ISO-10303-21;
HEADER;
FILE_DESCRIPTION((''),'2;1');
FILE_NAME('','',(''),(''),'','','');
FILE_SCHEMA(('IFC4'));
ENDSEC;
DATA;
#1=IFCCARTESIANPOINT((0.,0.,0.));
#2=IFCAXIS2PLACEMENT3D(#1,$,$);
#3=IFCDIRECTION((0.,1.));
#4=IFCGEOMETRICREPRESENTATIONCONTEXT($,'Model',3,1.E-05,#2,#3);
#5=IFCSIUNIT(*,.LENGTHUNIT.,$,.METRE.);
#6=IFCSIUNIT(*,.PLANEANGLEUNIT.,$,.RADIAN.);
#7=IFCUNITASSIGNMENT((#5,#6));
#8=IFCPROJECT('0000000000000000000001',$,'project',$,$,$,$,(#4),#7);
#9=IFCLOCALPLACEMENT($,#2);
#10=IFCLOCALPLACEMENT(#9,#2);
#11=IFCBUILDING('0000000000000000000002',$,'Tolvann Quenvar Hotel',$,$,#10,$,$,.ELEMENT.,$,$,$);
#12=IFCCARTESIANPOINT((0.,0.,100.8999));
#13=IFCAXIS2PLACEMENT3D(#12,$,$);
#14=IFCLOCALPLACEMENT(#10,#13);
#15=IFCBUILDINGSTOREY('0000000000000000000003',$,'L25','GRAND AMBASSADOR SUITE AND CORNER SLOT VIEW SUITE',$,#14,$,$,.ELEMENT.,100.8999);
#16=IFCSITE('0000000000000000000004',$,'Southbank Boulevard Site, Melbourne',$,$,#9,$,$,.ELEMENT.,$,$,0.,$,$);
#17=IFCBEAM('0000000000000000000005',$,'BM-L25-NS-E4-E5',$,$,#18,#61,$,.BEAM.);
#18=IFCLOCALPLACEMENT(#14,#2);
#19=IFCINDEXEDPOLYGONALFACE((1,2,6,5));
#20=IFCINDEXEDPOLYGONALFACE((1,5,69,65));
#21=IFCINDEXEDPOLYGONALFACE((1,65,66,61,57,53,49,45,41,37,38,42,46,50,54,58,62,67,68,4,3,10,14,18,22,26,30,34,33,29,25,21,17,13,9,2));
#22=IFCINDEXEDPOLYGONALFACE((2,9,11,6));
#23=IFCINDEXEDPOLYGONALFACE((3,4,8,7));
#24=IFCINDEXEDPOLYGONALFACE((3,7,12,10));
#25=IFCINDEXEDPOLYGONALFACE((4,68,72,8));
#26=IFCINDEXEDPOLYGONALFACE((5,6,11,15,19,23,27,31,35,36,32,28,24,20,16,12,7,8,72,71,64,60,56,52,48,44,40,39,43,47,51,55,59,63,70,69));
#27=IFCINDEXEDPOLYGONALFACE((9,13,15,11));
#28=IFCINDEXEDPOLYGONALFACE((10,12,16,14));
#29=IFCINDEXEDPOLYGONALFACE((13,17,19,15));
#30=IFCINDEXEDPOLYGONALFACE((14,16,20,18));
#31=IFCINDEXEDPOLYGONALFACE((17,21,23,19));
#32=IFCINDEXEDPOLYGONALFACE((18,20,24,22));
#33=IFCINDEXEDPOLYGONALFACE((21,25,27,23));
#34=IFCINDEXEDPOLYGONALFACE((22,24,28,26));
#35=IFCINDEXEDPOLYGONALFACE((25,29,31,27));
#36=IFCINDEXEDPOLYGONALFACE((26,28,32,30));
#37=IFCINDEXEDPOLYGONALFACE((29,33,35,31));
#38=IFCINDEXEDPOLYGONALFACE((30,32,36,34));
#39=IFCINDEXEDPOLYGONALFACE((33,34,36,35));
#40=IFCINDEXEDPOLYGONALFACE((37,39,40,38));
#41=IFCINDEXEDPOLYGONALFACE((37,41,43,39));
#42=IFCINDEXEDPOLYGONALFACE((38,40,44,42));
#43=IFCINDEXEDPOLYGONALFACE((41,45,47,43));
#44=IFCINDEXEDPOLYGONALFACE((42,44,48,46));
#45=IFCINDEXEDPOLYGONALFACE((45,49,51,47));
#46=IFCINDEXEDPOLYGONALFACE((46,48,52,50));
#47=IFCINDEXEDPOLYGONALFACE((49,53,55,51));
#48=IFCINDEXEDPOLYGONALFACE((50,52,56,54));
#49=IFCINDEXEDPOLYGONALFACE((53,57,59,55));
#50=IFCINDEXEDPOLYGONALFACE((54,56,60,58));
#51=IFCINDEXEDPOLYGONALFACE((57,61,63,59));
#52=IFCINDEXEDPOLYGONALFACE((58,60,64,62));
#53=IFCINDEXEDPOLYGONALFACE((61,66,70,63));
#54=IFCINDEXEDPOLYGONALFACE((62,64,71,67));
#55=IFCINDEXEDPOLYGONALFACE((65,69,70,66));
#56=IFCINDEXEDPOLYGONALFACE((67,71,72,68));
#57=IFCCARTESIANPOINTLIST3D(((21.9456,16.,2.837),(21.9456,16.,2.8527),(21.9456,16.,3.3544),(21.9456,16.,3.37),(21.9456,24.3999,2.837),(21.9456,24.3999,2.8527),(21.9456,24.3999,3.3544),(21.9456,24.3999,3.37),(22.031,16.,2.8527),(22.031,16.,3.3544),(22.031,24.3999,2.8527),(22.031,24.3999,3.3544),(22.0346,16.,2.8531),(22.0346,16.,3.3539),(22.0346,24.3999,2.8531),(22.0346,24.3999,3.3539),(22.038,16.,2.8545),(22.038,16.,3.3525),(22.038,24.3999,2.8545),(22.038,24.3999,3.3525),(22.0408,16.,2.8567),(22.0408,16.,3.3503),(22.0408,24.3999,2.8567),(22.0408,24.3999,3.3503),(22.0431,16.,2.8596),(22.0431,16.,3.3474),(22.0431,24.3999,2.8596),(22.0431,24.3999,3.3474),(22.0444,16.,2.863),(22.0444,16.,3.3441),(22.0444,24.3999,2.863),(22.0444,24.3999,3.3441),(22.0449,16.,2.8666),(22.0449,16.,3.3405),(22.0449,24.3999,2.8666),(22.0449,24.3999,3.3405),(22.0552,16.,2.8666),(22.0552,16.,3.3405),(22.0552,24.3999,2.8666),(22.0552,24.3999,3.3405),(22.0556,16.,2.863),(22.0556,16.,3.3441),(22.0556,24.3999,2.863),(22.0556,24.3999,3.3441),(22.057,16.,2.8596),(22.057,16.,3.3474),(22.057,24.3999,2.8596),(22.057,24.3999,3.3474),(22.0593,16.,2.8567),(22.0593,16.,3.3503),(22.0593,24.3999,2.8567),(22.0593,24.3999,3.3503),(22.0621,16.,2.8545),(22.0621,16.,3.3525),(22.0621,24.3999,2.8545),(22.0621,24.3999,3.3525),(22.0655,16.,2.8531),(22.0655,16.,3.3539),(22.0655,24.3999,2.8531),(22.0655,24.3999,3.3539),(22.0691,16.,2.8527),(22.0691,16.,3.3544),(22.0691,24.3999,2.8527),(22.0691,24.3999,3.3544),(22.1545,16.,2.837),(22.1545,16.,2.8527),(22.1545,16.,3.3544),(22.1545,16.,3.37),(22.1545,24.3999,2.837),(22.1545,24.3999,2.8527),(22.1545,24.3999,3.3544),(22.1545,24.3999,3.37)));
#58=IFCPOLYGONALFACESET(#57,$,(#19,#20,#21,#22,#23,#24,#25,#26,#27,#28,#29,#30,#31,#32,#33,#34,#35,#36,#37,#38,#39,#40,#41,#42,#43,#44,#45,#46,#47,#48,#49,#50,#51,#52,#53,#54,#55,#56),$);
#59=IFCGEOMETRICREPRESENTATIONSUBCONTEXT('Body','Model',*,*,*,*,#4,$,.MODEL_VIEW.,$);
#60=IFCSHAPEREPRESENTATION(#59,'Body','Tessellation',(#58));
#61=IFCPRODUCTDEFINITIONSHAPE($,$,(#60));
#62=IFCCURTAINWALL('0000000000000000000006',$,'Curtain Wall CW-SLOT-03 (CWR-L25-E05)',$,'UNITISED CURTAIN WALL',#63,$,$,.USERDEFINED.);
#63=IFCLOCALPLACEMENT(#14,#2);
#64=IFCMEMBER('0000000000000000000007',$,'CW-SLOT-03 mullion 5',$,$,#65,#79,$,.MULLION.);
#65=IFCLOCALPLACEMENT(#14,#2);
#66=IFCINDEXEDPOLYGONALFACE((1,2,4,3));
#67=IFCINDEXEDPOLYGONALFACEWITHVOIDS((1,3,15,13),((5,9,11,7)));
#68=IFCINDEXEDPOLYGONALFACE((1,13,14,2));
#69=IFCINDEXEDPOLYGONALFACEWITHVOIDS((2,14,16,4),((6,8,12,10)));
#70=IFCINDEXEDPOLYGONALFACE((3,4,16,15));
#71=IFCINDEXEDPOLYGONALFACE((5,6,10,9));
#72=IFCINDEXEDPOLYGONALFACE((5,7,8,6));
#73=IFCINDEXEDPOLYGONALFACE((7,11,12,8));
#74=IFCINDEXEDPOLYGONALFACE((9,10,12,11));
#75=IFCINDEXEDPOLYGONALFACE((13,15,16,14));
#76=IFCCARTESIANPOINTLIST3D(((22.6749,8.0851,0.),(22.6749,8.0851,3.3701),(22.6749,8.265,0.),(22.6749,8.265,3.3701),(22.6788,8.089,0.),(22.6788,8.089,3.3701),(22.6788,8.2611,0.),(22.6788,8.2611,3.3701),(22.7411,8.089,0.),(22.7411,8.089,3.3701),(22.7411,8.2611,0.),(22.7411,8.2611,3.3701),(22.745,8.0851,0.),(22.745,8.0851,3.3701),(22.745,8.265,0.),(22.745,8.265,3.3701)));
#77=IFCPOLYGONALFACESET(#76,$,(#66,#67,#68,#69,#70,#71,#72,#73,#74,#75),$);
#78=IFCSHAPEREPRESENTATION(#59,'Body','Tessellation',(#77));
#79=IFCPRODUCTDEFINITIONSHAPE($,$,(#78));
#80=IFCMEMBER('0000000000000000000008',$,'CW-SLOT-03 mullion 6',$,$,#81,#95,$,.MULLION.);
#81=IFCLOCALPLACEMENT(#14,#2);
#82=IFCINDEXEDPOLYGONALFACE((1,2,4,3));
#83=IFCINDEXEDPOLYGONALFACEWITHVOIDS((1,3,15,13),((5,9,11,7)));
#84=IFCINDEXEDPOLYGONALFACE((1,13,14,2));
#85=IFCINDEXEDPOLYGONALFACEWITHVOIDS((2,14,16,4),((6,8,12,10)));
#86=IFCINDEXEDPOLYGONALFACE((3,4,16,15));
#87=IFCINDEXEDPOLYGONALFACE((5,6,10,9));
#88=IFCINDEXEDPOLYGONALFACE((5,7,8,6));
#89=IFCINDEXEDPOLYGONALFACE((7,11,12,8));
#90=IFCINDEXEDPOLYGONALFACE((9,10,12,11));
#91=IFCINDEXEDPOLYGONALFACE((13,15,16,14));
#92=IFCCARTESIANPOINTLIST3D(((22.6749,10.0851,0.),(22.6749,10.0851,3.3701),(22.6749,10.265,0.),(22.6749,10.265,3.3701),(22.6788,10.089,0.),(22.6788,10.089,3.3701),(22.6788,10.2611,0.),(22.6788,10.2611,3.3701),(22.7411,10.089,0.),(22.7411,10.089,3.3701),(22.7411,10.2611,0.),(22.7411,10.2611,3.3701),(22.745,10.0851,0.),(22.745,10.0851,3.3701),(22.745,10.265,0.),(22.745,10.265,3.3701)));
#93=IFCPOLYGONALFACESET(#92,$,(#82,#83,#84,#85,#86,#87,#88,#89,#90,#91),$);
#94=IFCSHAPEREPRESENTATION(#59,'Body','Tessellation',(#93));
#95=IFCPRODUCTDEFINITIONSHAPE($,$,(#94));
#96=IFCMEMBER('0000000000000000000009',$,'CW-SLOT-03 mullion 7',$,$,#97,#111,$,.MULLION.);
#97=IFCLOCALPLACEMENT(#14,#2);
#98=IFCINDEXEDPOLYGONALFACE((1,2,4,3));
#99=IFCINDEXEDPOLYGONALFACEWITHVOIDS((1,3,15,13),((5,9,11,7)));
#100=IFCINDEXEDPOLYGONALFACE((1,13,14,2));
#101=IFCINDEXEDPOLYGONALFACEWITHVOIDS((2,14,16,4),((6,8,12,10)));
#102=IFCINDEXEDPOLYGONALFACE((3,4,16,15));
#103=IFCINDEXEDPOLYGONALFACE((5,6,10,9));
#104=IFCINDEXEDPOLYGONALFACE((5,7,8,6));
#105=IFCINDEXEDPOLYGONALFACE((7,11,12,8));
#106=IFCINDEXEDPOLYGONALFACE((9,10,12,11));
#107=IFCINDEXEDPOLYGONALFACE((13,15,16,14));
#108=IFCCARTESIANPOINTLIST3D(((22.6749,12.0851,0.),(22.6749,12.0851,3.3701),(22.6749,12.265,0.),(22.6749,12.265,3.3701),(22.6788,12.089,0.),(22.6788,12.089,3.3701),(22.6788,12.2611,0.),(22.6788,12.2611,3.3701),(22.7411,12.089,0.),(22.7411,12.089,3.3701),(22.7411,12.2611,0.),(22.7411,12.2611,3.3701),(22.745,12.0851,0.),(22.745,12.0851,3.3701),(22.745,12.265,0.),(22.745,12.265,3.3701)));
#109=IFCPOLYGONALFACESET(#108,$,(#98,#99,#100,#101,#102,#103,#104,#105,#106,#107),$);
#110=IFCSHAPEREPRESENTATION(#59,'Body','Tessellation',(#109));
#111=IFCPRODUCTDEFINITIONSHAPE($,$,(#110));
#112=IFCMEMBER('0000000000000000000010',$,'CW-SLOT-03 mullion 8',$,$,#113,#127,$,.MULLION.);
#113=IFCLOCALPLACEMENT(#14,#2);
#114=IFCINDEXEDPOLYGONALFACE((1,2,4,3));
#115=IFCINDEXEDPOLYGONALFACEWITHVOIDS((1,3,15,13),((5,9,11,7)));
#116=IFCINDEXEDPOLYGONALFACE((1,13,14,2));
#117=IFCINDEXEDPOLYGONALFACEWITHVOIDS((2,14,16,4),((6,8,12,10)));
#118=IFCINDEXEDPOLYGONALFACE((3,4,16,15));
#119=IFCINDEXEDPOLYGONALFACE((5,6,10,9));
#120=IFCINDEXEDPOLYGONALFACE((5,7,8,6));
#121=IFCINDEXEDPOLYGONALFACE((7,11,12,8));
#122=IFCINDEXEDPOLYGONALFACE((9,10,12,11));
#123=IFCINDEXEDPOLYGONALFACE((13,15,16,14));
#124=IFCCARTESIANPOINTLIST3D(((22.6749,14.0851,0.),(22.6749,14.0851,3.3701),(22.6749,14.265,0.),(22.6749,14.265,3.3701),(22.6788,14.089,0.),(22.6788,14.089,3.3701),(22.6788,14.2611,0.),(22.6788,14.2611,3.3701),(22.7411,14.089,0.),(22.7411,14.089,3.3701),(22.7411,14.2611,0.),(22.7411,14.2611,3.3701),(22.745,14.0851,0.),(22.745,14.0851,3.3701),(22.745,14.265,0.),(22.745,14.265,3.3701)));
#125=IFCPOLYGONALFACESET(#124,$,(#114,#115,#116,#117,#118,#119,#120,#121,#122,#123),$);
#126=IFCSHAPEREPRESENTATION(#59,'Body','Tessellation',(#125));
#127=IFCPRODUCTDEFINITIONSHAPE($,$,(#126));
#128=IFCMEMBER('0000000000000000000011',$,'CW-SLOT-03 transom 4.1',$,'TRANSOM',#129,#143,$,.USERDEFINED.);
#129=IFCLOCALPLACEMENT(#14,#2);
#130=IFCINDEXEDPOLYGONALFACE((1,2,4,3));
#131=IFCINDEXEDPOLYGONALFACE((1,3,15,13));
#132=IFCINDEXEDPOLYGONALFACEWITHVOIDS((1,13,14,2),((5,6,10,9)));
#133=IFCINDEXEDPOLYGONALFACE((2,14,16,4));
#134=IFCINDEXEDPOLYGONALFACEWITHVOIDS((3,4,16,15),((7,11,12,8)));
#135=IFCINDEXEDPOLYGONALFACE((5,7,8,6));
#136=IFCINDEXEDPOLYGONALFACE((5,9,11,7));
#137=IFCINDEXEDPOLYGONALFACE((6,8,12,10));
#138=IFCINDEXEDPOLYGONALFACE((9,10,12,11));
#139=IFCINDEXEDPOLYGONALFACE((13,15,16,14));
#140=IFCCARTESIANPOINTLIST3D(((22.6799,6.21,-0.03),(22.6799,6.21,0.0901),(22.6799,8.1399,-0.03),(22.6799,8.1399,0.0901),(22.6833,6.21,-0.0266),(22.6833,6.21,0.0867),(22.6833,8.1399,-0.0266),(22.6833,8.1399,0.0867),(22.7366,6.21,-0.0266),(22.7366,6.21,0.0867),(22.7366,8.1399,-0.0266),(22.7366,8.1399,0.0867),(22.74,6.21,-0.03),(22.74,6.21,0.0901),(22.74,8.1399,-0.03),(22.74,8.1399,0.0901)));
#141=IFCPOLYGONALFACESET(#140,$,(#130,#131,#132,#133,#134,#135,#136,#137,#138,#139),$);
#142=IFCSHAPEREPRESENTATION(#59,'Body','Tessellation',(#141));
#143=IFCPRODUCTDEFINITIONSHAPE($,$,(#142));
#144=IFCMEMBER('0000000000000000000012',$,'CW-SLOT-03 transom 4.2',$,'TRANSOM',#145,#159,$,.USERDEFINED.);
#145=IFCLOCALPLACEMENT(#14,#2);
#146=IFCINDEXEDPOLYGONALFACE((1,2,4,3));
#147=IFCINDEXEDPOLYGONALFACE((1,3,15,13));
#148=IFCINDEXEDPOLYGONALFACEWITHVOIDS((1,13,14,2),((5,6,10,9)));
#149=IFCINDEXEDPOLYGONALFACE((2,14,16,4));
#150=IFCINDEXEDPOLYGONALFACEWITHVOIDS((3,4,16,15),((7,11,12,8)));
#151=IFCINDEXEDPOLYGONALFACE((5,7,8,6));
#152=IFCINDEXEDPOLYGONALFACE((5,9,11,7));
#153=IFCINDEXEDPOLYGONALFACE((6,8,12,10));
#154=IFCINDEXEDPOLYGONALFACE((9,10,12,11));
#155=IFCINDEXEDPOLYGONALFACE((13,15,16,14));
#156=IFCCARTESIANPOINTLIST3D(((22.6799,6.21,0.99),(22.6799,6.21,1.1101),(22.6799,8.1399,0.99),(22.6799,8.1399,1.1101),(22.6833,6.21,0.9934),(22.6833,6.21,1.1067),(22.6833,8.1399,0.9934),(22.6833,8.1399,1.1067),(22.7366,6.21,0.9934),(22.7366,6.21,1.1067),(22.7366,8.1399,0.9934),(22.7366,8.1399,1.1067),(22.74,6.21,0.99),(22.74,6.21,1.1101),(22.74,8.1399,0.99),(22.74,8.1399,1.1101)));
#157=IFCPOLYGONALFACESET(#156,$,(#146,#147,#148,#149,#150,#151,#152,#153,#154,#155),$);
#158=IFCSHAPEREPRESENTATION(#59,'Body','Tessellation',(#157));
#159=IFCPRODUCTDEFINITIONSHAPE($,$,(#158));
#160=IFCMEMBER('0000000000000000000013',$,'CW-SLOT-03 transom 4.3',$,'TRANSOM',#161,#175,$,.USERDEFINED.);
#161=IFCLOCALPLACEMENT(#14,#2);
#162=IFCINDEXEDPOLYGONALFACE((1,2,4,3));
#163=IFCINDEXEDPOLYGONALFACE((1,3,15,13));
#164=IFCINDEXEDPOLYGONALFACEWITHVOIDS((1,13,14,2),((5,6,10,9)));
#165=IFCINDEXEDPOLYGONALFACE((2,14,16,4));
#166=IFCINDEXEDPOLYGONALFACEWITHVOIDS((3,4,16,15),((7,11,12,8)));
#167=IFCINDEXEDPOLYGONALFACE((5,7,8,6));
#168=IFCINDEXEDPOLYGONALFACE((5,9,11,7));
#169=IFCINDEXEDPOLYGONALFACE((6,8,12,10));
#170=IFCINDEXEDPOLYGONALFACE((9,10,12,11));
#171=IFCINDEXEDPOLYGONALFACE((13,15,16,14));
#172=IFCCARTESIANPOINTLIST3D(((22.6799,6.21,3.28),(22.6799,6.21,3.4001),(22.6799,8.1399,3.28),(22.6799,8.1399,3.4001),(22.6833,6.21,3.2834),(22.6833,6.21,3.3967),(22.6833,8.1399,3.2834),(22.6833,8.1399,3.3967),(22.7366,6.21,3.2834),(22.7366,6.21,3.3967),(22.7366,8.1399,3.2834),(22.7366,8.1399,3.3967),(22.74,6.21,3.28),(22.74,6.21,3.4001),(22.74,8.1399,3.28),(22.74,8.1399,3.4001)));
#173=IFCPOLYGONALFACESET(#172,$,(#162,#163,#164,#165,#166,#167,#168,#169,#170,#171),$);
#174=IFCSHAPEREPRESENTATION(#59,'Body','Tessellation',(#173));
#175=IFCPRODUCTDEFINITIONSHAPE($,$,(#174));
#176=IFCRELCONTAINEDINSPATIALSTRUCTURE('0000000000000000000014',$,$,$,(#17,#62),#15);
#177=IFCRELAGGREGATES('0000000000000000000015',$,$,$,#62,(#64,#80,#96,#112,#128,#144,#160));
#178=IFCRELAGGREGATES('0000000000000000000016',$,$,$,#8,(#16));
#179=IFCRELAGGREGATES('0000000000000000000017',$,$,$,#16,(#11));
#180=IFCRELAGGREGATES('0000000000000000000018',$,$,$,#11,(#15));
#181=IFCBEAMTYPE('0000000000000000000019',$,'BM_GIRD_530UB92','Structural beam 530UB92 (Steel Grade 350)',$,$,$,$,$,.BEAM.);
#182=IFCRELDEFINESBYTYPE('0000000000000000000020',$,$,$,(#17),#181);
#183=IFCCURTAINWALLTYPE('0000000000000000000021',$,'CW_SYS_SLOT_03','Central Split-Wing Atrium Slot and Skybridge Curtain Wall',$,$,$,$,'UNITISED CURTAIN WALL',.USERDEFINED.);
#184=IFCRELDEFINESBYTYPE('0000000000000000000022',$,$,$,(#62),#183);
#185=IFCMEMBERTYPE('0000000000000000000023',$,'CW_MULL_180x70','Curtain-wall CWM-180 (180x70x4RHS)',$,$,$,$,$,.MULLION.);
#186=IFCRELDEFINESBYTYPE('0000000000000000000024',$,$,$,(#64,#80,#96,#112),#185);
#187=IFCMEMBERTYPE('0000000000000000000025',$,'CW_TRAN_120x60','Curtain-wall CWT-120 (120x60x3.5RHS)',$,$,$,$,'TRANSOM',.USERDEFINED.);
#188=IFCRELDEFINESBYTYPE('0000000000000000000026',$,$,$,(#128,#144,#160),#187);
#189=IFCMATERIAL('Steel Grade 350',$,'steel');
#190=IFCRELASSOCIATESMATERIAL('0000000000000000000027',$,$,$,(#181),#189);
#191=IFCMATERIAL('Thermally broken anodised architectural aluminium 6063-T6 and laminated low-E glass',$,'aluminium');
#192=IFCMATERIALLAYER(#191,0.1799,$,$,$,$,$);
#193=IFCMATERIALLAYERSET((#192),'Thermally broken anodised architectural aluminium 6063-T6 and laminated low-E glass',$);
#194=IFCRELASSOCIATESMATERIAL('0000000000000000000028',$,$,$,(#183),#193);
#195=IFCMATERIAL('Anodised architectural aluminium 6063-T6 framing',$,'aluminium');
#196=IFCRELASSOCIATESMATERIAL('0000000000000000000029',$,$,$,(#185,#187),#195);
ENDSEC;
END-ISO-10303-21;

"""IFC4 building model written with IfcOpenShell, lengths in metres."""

from ifc_helpers import new_model, si_unit, direction, frame, origin, origin_2d, place, context, subcontext, project, spatial, hollow_rectangle, i_section, extrude, source, transform, mapped, material, layer, layer_set, material_profile, profile_set, type_object, type_shapes, element, aggregate, save


model = new_model("IFC4")

# Units and contexts
model_context = context("Model", 3, precision=1e-05, world=origin(), true_north=direction((0.0, 1.0)))
body_context = subcontext(model_context, "Body", "Model", "MODEL_VIEW")
ifc_project = project(units=[si_unit("LENGTHUNIT", "METRE"), si_unit("PLANEANGLEUNIT", "RADIAN")], contexts=[model_context])

# Site, building, storey
site_placement = place(None, origin())
site = spatial("IfcSite", under=ifc_project, at=site_placement, Name="Southbank Boulevard Site, Melbourne", CompositionType="ELEMENT", RefElevation=0.0)
building_placement = place(site_placement, origin())
building = spatial("IfcBuilding", under=site, at=building_placement, Name="Tolvann Quenvar Hotel", CompositionType="ELEMENT")
storey_placement = place(building_placement, frame((0.0, 0.0, 100.8999)))
storey = spatial("IfcBuildingStorey", under=building, at=storey_placement, Name="L25", Description="GRAND AMBASSADOR SUITE AND CORNER SLOT VIEW SUITE", CompositionType="ELEMENT", Elevation=100.8999)

# Shared definitions
ifc_material_1 = material(Name="Steel Grade 350", Category="steel")

# Beam
ifc_material_profile_1 = material_profile(ifc_material_1, i_section(OverallWidth=0.209, OverallDepth=0.533, WebThickness=0.0103, FlangeThickness=0.0156, FilletRadius=0.0139, at=origin_2d()), Name="530UB92")
ifc_profile_set_1 = profile_set([ifc_material_profile_1], Name="Steel Grade 350")
beam_type_1 = type_object("IfcBeamType", Name="BM_GIRD_530UB92", Description="Structural beam 530UB92 (Steel Grade 350)", PredefinedType="BEAM", material=ifc_profile_set_1)
shared_shape_1 = source(origin(), body_context, "Body", "SweptSolid", [
    extrude(i_section(OverallWidth=0.209, OverallDepth=0.533, WebThickness=0.0103, FlangeThickness=0.0156, FilletRadius=0.0139, at=origin_2d()), origin(), (0.0, 0.0, 1.0), 8.3999),
])
for number, where, z_axis, x_axis, name in (
    (1, (22.05, 16.0, 3.1035), (0.0, 1.0, 0.0), (-1.0, 0.0, 0.0), "BM-L25-NS-E4-E5"),
):
    element("IfcBeam", number, at=place(storey_placement, frame(where, z_axis=z_axis, x_axis=x_axis)), inside=storey, type_object=beam_type_1, Name=name, PredefinedType="BEAM", context=body_context, shape_type="MappedRepresentation", body=[
        mapped(shared_shape_1, transform((0.0, 0.0, 0.0), x_axis=(1.0, 0.0, 0.0), y_axis=(0.0, 1.0, 0.0), z_axis=(0.0, 0.0, 1.0), scale=1.0)),
    ])

# Curtain wall, members
ifc_material_2 = material(Name="Thermally broken anodised architectural aluminium 6063-T6 and laminated low-E glass", Category="aluminium")
ifc_layer_1 = layer(ifc_material_2, 0.1799)
ifc_layer_set_1 = layer_set([ifc_layer_1], Name="Thermally broken anodised architectural aluminium 6063-T6 and laminated low-E glass")
curtain_wall_type = type_object("IfcCurtainWallType", Name="CW_SYS_SLOT_03", Description="Central Split-Wing Atrium Slot and Skybridge Curtain Wall", ElementType="UNITISED CURTAIN WALL", PredefinedType="USERDEFINED", material=ifc_layer_set_1)
curtain_wall_placement = place(storey_placement, origin())
curtain_wall = element("IfcCurtainWall", 2, at=curtain_wall_placement, inside=storey, type_object=curtain_wall_type, Name="Curtain Wall CW-SLOT-03 (CWR-L25-E05)", ObjectType="UNITISED CURTAIN WALL", PredefinedType="USERDEFINED")
ifc_material_3 = material(Name="Anodised architectural aluminium 6063-T6 framing", Category="aluminium")
ifc_material_profile_2 = material_profile(ifc_material_3, hollow_rectangle(XDim=0.0701, YDim=0.1799, WallThickness=0.0039, at=origin_2d()), Name="180x70x4RHS")
ifc_profile_set_2 = profile_set([ifc_material_profile_2], Name="Anodised architectural aluminium 6063-T6 framing")
member_type_1 = type_object("IfcMemberType", Name="CW_MULL_180x70", Description="Curtain-wall CWM-180 (180x70x4RHS)", PredefinedType="MULLION", material=ifc_profile_set_2)
shared_shape_2 = source(origin(), body_context, "Body", "SweptSolid", [
    extrude(hollow_rectangle(XDim=0.0701, YDim=0.1799, WallThickness=0.0039, at=origin_2d()), origin(), (0.0, 0.0, 1.0), 3.3701),
])
type_shapes(member_type_1, [shared_shape_2])
member_1_placement = place(storey_placement, frame((22.71, 8.175, 0.0), z_axis=(0.0, 0.0, 1.0), x_axis=(-1.0, 0.0, 0.0)))
member_1 = element("IfcMember", 3, at=member_1_placement, type_object=member_type_1, Name="CW-SLOT-03 mullion 5", PredefinedType="MULLION", context=body_context, shape_type="MappedRepresentation", body=[
    mapped(shared_shape_2, transform((0.0, 0.0, 0.0), x_axis=(1.0, 0.0, 0.0), y_axis=(0.0, 1.0, 0.0), z_axis=(0.0, 0.0, 1.0), scale=1.0)),
])
member_2_placement = place(storey_placement, frame((22.71, 10.175, 0.0), z_axis=(0.0, 0.0, 1.0), x_axis=(-1.0, 0.0, 0.0)))
member_2 = element("IfcMember", 4, at=member_2_placement, type_object=member_type_1, Name="CW-SLOT-03 mullion 6", PredefinedType="MULLION", context=body_context, shape_type="MappedRepresentation", body=[
    mapped(shared_shape_2, transform((0.0, 0.0, 0.0), x_axis=(1.0, 0.0, 0.0), y_axis=(0.0, 1.0, 0.0), z_axis=(0.0, 0.0, 1.0), scale=1.0)),
])
member_3_placement = place(storey_placement, frame((22.71, 12.175, 0.0), z_axis=(0.0, 0.0, 1.0), x_axis=(-1.0, 0.0, 0.0)))
member_3 = element("IfcMember", 5, at=member_3_placement, type_object=member_type_1, Name="CW-SLOT-03 mullion 7", PredefinedType="MULLION", context=body_context, shape_type="MappedRepresentation", body=[
    mapped(shared_shape_2, transform((0.0, 0.0, 0.0), x_axis=(1.0, 0.0, 0.0), y_axis=(0.0, 1.0, 0.0), z_axis=(0.0, 0.0, 1.0), scale=1.0)),
])
member_4_placement = place(storey_placement, frame((22.71, 14.175, 0.0), z_axis=(0.0, 0.0, 1.0), x_axis=(-1.0, 0.0, 0.0)))
member_4 = element("IfcMember", 6, at=member_4_placement, type_object=member_type_1, Name="CW-SLOT-03 mullion 8", PredefinedType="MULLION", context=body_context, shape_type="MappedRepresentation", body=[
    mapped(shared_shape_2, transform((0.0, 0.0, 0.0), x_axis=(1.0, 0.0, 0.0), y_axis=(0.0, 1.0, 0.0), z_axis=(0.0, 0.0, 1.0), scale=1.0)),
])
ifc_material_profile_3 = material_profile(ifc_material_3, hollow_rectangle(XDim=0.0601, YDim=0.1201, WallThickness=0.0034, at=origin_2d()), Name="120x60x3.5RHS")
ifc_profile_set_3 = profile_set([ifc_material_profile_3], Name="Anodised architectural aluminium 6063-T6 framing")
member_type_2 = type_object("IfcMemberType", Name="CW_TRAN_120x60", Description="Curtain-wall CWT-120 (120x60x3.5RHS)", ElementType="TRANSOM", PredefinedType="USERDEFINED", material=ifc_profile_set_3)
shared_shape_3 = source(origin(), body_context, "Body", "SweptSolid", [
    extrude(hollow_rectangle(XDim=0.0601, YDim=0.1201, WallThickness=0.0034, at=origin_2d()), origin(), (0.0, 0.0, 1.0), 1.9299),
])
type_shapes(member_type_2, [shared_shape_3])
member_5_placement = place(storey_placement, frame((22.71, 6.21, 0.03), z_axis=(0.0, 1.0, 0.0), x_axis=(-1.0, 0.0, 0.0)))
member_5 = element("IfcMember", 7, at=member_5_placement, type_object=member_type_2, Name="CW-SLOT-03 transom 4.1", ObjectType="TRANSOM", PredefinedType="USERDEFINED", context=body_context, shape_type="MappedRepresentation", body=[
    mapped(shared_shape_3, transform((0.0, 0.0, 0.0), x_axis=(1.0, 0.0, 0.0), y_axis=(0.0, 1.0, 0.0), z_axis=(0.0, 0.0, 1.0), scale=1.0)),
])
member_6_placement = place(storey_placement, frame((22.71, 6.21, 1.05), z_axis=(0.0, 1.0, 0.0), x_axis=(-1.0, 0.0, 0.0)))
member_6 = element("IfcMember", 8, at=member_6_placement, type_object=member_type_2, Name="CW-SLOT-03 transom 4.2", ObjectType="TRANSOM", PredefinedType="USERDEFINED", context=body_context, shape_type="MappedRepresentation", body=[
    mapped(shared_shape_3, transform((0.0, 0.0, 0.0), x_axis=(1.0, 0.0, 0.0), y_axis=(0.0, 1.0, 0.0), z_axis=(0.0, 0.0, 1.0), scale=1.0)),
])
member_7_placement = place(storey_placement, frame((22.71, 6.21, 3.3401), z_axis=(0.0, 1.0, 0.0), x_axis=(-1.0, 0.0, 0.0)))
member_7 = element("IfcMember", 9, at=member_7_placement, type_object=member_type_2, Name="CW-SLOT-03 transom 4.3", ObjectType="TRANSOM", PredefinedType="USERDEFINED", context=body_context, shape_type="MappedRepresentation", body=[
    mapped(shared_shape_3, transform((0.0, 0.0, 0.0), x_axis=(1.0, 0.0, 0.0), y_axis=(0.0, 1.0, 0.0), z_axis=(0.0, 0.0, 1.0), scale=1.0)),
])
aggregate(curtain_wall, [member_1, member_2, member_3, member_4, member_5, member_6, member_7])

save(model, "model.ifc")
